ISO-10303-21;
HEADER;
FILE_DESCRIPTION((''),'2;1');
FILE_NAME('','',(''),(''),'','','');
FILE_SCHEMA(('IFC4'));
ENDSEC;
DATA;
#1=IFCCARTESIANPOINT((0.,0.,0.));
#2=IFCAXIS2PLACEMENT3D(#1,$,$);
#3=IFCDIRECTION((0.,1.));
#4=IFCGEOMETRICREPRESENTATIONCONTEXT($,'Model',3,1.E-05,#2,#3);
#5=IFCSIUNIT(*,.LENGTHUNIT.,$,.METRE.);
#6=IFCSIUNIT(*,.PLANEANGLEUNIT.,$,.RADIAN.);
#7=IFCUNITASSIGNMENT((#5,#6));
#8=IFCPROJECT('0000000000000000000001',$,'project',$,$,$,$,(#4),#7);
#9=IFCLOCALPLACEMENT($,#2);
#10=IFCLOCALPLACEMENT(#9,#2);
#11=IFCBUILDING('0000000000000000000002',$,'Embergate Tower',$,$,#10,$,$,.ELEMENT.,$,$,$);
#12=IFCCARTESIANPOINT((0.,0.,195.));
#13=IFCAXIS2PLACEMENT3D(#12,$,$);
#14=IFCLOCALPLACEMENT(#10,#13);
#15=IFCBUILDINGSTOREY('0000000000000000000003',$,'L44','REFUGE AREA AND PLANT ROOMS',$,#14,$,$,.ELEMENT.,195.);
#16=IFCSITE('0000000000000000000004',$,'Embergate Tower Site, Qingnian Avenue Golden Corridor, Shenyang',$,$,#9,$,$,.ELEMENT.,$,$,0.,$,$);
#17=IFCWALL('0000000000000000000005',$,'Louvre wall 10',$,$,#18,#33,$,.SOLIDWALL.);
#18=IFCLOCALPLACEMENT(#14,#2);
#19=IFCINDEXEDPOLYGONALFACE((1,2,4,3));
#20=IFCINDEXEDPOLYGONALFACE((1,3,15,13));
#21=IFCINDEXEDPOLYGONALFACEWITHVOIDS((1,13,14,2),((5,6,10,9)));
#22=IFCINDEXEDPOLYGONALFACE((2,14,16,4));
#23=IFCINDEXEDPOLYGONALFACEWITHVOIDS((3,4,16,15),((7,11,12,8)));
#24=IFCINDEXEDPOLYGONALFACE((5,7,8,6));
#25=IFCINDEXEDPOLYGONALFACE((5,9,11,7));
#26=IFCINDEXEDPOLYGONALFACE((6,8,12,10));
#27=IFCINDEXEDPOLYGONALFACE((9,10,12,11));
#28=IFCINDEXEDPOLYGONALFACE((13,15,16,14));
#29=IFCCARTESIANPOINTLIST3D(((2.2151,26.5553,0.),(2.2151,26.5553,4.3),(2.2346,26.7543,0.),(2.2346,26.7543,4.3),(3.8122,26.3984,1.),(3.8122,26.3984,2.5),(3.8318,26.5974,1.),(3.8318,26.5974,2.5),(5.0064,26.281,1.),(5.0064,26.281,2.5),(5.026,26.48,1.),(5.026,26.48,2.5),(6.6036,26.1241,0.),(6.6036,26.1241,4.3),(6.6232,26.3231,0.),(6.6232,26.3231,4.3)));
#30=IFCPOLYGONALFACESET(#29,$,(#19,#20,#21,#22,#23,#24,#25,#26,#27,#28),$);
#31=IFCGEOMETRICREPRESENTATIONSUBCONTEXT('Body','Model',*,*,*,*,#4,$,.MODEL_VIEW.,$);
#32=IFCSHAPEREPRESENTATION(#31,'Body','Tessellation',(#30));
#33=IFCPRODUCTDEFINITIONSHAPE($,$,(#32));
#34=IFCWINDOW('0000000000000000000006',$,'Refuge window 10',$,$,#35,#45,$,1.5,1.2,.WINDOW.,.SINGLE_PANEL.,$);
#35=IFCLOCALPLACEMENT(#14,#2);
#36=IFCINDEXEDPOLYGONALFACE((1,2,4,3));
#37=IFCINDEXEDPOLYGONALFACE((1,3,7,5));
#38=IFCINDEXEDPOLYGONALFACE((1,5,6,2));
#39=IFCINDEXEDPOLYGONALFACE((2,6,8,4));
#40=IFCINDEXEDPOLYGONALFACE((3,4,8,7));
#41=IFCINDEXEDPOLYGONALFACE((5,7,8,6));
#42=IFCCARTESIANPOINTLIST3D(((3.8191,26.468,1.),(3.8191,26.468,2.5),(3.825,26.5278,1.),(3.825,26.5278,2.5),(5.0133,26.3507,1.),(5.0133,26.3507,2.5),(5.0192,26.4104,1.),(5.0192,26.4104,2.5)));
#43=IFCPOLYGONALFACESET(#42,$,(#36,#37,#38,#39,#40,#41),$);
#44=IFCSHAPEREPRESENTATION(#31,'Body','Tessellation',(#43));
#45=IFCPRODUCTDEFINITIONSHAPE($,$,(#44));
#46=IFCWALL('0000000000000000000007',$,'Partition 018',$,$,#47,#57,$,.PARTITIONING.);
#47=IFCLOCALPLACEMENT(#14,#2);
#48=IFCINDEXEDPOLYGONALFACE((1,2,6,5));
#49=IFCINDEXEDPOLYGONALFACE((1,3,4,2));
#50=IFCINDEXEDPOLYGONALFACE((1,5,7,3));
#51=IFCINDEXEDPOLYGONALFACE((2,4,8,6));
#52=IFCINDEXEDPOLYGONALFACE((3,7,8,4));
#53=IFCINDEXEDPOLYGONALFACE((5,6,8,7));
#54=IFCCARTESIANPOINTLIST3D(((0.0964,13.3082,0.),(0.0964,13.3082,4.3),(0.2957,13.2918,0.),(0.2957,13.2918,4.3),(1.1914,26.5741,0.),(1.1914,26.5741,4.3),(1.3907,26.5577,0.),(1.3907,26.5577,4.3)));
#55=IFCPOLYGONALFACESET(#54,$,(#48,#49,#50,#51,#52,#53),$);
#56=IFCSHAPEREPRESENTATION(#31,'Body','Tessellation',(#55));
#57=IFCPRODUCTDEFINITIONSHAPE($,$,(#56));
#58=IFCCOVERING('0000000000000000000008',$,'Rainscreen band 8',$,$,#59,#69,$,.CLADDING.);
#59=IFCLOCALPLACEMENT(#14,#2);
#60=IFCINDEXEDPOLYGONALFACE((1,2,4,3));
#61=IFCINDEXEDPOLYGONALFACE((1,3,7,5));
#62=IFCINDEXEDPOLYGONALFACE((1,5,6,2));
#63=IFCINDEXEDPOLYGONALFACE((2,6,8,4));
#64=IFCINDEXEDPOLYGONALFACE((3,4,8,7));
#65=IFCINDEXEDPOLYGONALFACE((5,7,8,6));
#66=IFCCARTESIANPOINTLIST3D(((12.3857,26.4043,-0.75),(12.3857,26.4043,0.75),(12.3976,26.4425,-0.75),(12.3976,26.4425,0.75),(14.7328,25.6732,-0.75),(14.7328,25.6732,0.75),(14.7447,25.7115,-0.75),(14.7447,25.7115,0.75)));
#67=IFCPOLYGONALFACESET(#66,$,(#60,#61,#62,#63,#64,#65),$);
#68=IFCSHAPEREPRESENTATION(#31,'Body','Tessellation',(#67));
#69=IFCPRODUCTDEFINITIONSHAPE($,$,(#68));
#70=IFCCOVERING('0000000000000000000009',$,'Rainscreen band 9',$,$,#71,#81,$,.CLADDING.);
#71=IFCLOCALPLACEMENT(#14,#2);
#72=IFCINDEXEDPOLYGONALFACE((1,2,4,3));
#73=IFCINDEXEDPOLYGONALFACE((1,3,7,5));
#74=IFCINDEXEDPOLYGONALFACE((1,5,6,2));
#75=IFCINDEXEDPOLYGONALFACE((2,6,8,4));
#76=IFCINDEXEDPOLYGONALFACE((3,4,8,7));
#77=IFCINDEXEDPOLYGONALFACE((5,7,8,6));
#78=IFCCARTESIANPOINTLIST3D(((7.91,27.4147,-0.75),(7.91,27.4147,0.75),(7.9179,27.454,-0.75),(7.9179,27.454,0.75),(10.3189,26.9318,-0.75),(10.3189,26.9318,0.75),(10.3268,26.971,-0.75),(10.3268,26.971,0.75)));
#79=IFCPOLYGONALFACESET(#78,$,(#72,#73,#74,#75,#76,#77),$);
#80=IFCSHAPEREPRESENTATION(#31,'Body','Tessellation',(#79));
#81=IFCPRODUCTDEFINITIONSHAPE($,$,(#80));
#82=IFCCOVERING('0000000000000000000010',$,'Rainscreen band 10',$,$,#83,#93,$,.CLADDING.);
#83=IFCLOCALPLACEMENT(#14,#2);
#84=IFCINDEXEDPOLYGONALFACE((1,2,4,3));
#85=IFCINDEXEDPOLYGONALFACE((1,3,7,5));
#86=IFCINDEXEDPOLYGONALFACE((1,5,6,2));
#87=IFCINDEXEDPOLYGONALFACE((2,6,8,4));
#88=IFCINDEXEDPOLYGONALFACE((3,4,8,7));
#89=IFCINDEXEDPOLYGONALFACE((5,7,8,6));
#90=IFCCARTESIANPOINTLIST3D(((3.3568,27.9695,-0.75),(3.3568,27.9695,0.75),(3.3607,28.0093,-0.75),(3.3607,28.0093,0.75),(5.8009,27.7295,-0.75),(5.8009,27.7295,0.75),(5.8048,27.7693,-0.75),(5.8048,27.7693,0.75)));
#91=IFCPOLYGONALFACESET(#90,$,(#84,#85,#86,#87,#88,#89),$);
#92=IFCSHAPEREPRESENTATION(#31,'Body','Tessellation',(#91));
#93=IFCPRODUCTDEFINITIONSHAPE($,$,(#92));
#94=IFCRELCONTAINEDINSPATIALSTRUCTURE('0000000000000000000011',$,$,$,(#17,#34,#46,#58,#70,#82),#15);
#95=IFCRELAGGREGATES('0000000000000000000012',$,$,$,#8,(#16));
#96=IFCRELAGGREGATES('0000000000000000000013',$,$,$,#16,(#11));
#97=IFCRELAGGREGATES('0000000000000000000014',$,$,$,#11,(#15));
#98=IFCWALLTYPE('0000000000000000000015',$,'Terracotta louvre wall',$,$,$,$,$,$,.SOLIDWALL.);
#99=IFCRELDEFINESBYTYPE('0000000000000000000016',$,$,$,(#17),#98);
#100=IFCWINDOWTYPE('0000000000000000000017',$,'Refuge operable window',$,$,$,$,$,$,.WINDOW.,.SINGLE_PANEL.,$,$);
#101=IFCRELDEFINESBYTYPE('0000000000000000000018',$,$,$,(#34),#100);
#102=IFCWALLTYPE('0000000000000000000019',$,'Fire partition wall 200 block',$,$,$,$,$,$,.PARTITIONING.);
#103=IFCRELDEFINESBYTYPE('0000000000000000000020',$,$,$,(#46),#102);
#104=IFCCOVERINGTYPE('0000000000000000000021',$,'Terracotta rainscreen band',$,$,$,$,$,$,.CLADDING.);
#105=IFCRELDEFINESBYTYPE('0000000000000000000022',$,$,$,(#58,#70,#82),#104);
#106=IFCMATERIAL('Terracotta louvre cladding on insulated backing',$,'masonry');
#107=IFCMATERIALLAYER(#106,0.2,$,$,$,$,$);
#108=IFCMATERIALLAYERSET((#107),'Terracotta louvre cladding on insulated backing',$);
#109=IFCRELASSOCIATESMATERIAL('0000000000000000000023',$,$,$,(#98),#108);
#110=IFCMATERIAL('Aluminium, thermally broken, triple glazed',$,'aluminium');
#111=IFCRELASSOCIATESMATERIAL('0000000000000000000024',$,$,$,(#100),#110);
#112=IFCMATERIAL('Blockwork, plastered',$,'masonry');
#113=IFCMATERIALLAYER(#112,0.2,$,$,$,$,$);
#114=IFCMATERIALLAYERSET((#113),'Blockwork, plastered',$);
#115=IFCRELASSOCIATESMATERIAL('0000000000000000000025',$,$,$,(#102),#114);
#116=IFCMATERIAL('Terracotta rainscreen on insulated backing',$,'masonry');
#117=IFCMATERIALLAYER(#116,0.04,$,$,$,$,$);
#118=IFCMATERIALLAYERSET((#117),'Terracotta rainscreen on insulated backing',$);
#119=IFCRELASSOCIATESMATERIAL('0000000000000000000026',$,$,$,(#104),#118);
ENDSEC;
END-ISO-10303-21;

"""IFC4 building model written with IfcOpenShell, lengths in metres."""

from ifc_helpers import new_model, si_unit, direction, frame, frame_2d, origin, origin_2d, place, context, subcontext, project, spatial, rectangle, extrude, source, transform, mapped, material, layer, layer_set, type_object, element, fill, save


model = new_model("IFC4")

# Units and contexts
model_context = context("Model", 3, precision=1e-05, world=origin(), true_north=direction((0.0, 1.0)))
body_context = subcontext(model_context, "Body", "Model", "MODEL_VIEW")
ifc_project = project(units=[si_unit("LENGTHUNIT", "METRE"), si_unit("PLANEANGLEUNIT", "RADIAN")], contexts=[model_context])

# Site, building, storey
site_placement = place(None, origin())
site = spatial("IfcSite", under=ifc_project, at=site_placement, Name="Embergate Tower Site, Qingnian Avenue Golden Corridor, Shenyang", CompositionType="ELEMENT", RefElevation=0.0)
building_placement = place(site_placement, origin())
building = spatial("IfcBuilding", under=site, at=building_placement, Name="Embergate Tower", CompositionType="ELEMENT")
storey_placement = place(building_placement, frame((0.0, 0.0, 195.0)))
storey = spatial("IfcBuildingStorey", under=building, at=storey_placement, Name="L44", Description="REFUGE AREA AND PLANT ROOMS", CompositionType="ELEMENT", Elevation=195.0)

# Wall, opening, window
ifc_material_1 = material(Name="Terracotta louvre cladding on insulated backing", Category="masonry")
ifc_layer_1 = layer(ifc_material_1, 0.2)
ifc_layer_set_1 = layer_set([ifc_layer_1], Name="Terracotta louvre cladding on insulated backing")
wall_type_1 = type_object("IfcWallType", Name="Terracotta louvre wall", PredefinedType="SOLIDWALL", material=ifc_layer_set_1)
shared_shape_1 = source(origin(), body_context, "Body", "SweptSolid", [
    extrude(rectangle(XDim=1.2, YDim=1.5, at=frame_2d((0.6001, 0.75))), frame((0.0, 0.1099, 0.0), z_axis=(0.0, -1.0, 0.0), x_axis=(1.0, 0.0, 0.0)), (0.0, 0.0, 1.0), 0.22),
])
ifc_material_2 = material(Name="Aluminium, thermally broken, triple glazed", Category="aluminium")
window_type = type_object("IfcWindowType", Name="Refuge operable window", PartitioningType="SINGLE_PANEL", PredefinedType="WINDOW", material=ifc_material_2)
shared_shape_2 = source(origin(), body_context, "Body", "SweptSolid", [
    extrude(rectangle(XDim=1.2, YDim=1.5, at=frame_2d((0.6001, 0.75))), frame((0.0, 0.03, 0.0), z_axis=(0.0, -1.0, 0.0), x_axis=(1.0, 0.0, 0.0)), (0.0, 0.0, 1.0), 0.0601),
])
shared_shape_3 = source(origin(), body_context, "Body", "SweptSolid", [
    extrude(rectangle(XDim=4.4097, YDim=0.2, at=frame_2d((2.2048, 0.0))), origin(), (0.0, 0.0, 1.0), 4.3),
])
wall_1_placement = place(storey_placement, frame((2.2249, 26.6548, 0.0), z_axis=(0.0, 0.0, 1.0), x_axis=(0.995208, -0.097777, 0.0)))
wall_1 = element("IfcWall", 1, at=wall_1_placement, inside=storey, type_object=wall_type_1, Name="Louvre wall 10", PredefinedType="SOLIDWALL", context=body_context, shape_type="MappedRepresentation", body=[
    mapped(shared_shape_3, transform((0.0, 0.0, 0.0))),
])
opening_1_placement = place(wall_1_placement, frame((1.6047, 0.0, 1.0)))
opening_1 = element("IfcOpeningElement", 2, at=opening_1_placement, cuts=wall_1, PredefinedType="OPENING", context=body_context, shape_type="MappedRepresentation", body=[
    mapped(shared_shape_1, transform((0.0, 0.0, 0.0))),
])
window_1_placement = place(opening_1_placement, origin())
window_1 = element("IfcWindow", 3, at=window_1_placement, inside=storey, type_object=window_type, Name="Refuge window 10", OverallHeight=1.5, OverallWidth=1.2, PartitioningType="SINGLE_PANEL", PredefinedType="WINDOW", context=body_context, shape_type="MappedRepresentation", body=[
    mapped(shared_shape_2, transform((0.0, 0.0, 0.0))),
])
fill(opening_1, window_1)

# Wall
ifc_material_3 = material(Name="Blockwork, plastered", Category="masonry")
ifc_layer_2 = layer(ifc_material_3, 0.2)
ifc_layer_set_2 = layer_set([ifc_layer_2], Name="Blockwork, plastered")
wall_type_2 = type_object("IfcWallType", Name="Fire partition wall 200 block", PredefinedType="PARTITIONING", material=ifc_layer_set_2)
shared_shape_4 = source(origin(), body_context, "Body", "SweptSolid", [
    extrude(rectangle(XDim=13.311, YDim=0.2, at=frame_2d((6.6555, 0.0))), origin(), (0.0, 0.0, 1.0), 4.3),
])
wall_2_placement = place(storey_placement, frame((1.291, 26.5659, 0.0), z_axis=(0.0, 0.0, 1.0), x_axis=(-0.082261, -0.996611, 0.0)))
element("IfcWall", 4, at=wall_2_placement, inside=storey, type_object=wall_type_2, Name="Partition 018", PredefinedType="PARTITIONING", context=body_context, shape_type="MappedRepresentation", body=[
    mapped(shared_shape_4, transform((0.0, 0.0, 0.0))),
])

# Coverings
ifc_material_4 = material(Name="Terracotta rainscreen on insulated backing", Category="masonry")
ifc_layer_3 = layer(ifc_material_4, 0.04)
ifc_layer_set_3 = layer_set([ifc_layer_3], Name="Terracotta rainscreen on insulated backing")
covering_type = type_object("IfcCoveringType", Name="Terracotta rainscreen band", PredefinedType="CLADDING", material=ifc_layer_set_3)
shared_shape_5 = source(origin(), body_context, "Body", "SweptSolid", [
    extrude(rectangle(XDim=2.4583, YDim=0.04, at=origin_2d()), origin(), (0.0, 0.0, 1.0), 1.5),
])
covering_1_placement = place(storey_placement, frame((13.5652, 26.0579, -0.75), z_axis=(0.0, 0.0, 1.0), x_axis=(-0.954762, 0.297372, 0.0)))
element("IfcCovering", 5, at=covering_1_placement, inside=storey, type_object=covering_type, Name="Rainscreen band 8", PredefinedType="CLADDING", context=body_context, shape_type="MappedRepresentation", body=[
    mapped(shared_shape_5, transform((0.0, 0.0, 0.0))),
])
shared_shape_6 = source(origin(), body_context, "Body", "SweptSolid", [
    extrude(rectangle(XDim=2.4568, YDim=0.04, at=origin_2d()), origin(), (0.0, 0.0, 1.0), 1.5),
])
covering_2_placement = place(storey_placement, frame((9.1184, 27.1929, -0.75), z_axis=(0.0, 0.0, 1.0), x_axis=(-0.980487, 0.196586, 0.0)))
element("IfcCovering", 6, at=covering_2_placement, inside=storey, type_object=covering_type, Name="Rainscreen band 9", PredefinedType="CLADDING", context=body_context, shape_type="MappedRepresentation", body=[
    mapped(shared_shape_6, transform((0.0, 0.0, 0.0))),
])
shared_shape_7 = source(origin(), body_context, "Body", "SweptSolid", [
    extrude(rectangle(XDim=2.4558, YDim=0.04, at=origin_2d()), origin(), (0.0, 0.0, 1.0), 1.5),
])
covering_3_placement = place(storey_placement, frame((4.5808, 27.8694, -0.75), z_axis=(0.0, 0.0, 1.0), x_axis=(-0.995213, 0.097729, 0.0)))
element("IfcCovering", 7, at=covering_3_placement, inside=storey, type_object=covering_type, Name="Rainscreen band 10", PredefinedType="CLADDING", context=body_context, shape_type="MappedRepresentation", body=[
    mapped(shared_shape_7, transform((0.0, 0.0, 0.0))),
])

save(model, "model.ifc")
